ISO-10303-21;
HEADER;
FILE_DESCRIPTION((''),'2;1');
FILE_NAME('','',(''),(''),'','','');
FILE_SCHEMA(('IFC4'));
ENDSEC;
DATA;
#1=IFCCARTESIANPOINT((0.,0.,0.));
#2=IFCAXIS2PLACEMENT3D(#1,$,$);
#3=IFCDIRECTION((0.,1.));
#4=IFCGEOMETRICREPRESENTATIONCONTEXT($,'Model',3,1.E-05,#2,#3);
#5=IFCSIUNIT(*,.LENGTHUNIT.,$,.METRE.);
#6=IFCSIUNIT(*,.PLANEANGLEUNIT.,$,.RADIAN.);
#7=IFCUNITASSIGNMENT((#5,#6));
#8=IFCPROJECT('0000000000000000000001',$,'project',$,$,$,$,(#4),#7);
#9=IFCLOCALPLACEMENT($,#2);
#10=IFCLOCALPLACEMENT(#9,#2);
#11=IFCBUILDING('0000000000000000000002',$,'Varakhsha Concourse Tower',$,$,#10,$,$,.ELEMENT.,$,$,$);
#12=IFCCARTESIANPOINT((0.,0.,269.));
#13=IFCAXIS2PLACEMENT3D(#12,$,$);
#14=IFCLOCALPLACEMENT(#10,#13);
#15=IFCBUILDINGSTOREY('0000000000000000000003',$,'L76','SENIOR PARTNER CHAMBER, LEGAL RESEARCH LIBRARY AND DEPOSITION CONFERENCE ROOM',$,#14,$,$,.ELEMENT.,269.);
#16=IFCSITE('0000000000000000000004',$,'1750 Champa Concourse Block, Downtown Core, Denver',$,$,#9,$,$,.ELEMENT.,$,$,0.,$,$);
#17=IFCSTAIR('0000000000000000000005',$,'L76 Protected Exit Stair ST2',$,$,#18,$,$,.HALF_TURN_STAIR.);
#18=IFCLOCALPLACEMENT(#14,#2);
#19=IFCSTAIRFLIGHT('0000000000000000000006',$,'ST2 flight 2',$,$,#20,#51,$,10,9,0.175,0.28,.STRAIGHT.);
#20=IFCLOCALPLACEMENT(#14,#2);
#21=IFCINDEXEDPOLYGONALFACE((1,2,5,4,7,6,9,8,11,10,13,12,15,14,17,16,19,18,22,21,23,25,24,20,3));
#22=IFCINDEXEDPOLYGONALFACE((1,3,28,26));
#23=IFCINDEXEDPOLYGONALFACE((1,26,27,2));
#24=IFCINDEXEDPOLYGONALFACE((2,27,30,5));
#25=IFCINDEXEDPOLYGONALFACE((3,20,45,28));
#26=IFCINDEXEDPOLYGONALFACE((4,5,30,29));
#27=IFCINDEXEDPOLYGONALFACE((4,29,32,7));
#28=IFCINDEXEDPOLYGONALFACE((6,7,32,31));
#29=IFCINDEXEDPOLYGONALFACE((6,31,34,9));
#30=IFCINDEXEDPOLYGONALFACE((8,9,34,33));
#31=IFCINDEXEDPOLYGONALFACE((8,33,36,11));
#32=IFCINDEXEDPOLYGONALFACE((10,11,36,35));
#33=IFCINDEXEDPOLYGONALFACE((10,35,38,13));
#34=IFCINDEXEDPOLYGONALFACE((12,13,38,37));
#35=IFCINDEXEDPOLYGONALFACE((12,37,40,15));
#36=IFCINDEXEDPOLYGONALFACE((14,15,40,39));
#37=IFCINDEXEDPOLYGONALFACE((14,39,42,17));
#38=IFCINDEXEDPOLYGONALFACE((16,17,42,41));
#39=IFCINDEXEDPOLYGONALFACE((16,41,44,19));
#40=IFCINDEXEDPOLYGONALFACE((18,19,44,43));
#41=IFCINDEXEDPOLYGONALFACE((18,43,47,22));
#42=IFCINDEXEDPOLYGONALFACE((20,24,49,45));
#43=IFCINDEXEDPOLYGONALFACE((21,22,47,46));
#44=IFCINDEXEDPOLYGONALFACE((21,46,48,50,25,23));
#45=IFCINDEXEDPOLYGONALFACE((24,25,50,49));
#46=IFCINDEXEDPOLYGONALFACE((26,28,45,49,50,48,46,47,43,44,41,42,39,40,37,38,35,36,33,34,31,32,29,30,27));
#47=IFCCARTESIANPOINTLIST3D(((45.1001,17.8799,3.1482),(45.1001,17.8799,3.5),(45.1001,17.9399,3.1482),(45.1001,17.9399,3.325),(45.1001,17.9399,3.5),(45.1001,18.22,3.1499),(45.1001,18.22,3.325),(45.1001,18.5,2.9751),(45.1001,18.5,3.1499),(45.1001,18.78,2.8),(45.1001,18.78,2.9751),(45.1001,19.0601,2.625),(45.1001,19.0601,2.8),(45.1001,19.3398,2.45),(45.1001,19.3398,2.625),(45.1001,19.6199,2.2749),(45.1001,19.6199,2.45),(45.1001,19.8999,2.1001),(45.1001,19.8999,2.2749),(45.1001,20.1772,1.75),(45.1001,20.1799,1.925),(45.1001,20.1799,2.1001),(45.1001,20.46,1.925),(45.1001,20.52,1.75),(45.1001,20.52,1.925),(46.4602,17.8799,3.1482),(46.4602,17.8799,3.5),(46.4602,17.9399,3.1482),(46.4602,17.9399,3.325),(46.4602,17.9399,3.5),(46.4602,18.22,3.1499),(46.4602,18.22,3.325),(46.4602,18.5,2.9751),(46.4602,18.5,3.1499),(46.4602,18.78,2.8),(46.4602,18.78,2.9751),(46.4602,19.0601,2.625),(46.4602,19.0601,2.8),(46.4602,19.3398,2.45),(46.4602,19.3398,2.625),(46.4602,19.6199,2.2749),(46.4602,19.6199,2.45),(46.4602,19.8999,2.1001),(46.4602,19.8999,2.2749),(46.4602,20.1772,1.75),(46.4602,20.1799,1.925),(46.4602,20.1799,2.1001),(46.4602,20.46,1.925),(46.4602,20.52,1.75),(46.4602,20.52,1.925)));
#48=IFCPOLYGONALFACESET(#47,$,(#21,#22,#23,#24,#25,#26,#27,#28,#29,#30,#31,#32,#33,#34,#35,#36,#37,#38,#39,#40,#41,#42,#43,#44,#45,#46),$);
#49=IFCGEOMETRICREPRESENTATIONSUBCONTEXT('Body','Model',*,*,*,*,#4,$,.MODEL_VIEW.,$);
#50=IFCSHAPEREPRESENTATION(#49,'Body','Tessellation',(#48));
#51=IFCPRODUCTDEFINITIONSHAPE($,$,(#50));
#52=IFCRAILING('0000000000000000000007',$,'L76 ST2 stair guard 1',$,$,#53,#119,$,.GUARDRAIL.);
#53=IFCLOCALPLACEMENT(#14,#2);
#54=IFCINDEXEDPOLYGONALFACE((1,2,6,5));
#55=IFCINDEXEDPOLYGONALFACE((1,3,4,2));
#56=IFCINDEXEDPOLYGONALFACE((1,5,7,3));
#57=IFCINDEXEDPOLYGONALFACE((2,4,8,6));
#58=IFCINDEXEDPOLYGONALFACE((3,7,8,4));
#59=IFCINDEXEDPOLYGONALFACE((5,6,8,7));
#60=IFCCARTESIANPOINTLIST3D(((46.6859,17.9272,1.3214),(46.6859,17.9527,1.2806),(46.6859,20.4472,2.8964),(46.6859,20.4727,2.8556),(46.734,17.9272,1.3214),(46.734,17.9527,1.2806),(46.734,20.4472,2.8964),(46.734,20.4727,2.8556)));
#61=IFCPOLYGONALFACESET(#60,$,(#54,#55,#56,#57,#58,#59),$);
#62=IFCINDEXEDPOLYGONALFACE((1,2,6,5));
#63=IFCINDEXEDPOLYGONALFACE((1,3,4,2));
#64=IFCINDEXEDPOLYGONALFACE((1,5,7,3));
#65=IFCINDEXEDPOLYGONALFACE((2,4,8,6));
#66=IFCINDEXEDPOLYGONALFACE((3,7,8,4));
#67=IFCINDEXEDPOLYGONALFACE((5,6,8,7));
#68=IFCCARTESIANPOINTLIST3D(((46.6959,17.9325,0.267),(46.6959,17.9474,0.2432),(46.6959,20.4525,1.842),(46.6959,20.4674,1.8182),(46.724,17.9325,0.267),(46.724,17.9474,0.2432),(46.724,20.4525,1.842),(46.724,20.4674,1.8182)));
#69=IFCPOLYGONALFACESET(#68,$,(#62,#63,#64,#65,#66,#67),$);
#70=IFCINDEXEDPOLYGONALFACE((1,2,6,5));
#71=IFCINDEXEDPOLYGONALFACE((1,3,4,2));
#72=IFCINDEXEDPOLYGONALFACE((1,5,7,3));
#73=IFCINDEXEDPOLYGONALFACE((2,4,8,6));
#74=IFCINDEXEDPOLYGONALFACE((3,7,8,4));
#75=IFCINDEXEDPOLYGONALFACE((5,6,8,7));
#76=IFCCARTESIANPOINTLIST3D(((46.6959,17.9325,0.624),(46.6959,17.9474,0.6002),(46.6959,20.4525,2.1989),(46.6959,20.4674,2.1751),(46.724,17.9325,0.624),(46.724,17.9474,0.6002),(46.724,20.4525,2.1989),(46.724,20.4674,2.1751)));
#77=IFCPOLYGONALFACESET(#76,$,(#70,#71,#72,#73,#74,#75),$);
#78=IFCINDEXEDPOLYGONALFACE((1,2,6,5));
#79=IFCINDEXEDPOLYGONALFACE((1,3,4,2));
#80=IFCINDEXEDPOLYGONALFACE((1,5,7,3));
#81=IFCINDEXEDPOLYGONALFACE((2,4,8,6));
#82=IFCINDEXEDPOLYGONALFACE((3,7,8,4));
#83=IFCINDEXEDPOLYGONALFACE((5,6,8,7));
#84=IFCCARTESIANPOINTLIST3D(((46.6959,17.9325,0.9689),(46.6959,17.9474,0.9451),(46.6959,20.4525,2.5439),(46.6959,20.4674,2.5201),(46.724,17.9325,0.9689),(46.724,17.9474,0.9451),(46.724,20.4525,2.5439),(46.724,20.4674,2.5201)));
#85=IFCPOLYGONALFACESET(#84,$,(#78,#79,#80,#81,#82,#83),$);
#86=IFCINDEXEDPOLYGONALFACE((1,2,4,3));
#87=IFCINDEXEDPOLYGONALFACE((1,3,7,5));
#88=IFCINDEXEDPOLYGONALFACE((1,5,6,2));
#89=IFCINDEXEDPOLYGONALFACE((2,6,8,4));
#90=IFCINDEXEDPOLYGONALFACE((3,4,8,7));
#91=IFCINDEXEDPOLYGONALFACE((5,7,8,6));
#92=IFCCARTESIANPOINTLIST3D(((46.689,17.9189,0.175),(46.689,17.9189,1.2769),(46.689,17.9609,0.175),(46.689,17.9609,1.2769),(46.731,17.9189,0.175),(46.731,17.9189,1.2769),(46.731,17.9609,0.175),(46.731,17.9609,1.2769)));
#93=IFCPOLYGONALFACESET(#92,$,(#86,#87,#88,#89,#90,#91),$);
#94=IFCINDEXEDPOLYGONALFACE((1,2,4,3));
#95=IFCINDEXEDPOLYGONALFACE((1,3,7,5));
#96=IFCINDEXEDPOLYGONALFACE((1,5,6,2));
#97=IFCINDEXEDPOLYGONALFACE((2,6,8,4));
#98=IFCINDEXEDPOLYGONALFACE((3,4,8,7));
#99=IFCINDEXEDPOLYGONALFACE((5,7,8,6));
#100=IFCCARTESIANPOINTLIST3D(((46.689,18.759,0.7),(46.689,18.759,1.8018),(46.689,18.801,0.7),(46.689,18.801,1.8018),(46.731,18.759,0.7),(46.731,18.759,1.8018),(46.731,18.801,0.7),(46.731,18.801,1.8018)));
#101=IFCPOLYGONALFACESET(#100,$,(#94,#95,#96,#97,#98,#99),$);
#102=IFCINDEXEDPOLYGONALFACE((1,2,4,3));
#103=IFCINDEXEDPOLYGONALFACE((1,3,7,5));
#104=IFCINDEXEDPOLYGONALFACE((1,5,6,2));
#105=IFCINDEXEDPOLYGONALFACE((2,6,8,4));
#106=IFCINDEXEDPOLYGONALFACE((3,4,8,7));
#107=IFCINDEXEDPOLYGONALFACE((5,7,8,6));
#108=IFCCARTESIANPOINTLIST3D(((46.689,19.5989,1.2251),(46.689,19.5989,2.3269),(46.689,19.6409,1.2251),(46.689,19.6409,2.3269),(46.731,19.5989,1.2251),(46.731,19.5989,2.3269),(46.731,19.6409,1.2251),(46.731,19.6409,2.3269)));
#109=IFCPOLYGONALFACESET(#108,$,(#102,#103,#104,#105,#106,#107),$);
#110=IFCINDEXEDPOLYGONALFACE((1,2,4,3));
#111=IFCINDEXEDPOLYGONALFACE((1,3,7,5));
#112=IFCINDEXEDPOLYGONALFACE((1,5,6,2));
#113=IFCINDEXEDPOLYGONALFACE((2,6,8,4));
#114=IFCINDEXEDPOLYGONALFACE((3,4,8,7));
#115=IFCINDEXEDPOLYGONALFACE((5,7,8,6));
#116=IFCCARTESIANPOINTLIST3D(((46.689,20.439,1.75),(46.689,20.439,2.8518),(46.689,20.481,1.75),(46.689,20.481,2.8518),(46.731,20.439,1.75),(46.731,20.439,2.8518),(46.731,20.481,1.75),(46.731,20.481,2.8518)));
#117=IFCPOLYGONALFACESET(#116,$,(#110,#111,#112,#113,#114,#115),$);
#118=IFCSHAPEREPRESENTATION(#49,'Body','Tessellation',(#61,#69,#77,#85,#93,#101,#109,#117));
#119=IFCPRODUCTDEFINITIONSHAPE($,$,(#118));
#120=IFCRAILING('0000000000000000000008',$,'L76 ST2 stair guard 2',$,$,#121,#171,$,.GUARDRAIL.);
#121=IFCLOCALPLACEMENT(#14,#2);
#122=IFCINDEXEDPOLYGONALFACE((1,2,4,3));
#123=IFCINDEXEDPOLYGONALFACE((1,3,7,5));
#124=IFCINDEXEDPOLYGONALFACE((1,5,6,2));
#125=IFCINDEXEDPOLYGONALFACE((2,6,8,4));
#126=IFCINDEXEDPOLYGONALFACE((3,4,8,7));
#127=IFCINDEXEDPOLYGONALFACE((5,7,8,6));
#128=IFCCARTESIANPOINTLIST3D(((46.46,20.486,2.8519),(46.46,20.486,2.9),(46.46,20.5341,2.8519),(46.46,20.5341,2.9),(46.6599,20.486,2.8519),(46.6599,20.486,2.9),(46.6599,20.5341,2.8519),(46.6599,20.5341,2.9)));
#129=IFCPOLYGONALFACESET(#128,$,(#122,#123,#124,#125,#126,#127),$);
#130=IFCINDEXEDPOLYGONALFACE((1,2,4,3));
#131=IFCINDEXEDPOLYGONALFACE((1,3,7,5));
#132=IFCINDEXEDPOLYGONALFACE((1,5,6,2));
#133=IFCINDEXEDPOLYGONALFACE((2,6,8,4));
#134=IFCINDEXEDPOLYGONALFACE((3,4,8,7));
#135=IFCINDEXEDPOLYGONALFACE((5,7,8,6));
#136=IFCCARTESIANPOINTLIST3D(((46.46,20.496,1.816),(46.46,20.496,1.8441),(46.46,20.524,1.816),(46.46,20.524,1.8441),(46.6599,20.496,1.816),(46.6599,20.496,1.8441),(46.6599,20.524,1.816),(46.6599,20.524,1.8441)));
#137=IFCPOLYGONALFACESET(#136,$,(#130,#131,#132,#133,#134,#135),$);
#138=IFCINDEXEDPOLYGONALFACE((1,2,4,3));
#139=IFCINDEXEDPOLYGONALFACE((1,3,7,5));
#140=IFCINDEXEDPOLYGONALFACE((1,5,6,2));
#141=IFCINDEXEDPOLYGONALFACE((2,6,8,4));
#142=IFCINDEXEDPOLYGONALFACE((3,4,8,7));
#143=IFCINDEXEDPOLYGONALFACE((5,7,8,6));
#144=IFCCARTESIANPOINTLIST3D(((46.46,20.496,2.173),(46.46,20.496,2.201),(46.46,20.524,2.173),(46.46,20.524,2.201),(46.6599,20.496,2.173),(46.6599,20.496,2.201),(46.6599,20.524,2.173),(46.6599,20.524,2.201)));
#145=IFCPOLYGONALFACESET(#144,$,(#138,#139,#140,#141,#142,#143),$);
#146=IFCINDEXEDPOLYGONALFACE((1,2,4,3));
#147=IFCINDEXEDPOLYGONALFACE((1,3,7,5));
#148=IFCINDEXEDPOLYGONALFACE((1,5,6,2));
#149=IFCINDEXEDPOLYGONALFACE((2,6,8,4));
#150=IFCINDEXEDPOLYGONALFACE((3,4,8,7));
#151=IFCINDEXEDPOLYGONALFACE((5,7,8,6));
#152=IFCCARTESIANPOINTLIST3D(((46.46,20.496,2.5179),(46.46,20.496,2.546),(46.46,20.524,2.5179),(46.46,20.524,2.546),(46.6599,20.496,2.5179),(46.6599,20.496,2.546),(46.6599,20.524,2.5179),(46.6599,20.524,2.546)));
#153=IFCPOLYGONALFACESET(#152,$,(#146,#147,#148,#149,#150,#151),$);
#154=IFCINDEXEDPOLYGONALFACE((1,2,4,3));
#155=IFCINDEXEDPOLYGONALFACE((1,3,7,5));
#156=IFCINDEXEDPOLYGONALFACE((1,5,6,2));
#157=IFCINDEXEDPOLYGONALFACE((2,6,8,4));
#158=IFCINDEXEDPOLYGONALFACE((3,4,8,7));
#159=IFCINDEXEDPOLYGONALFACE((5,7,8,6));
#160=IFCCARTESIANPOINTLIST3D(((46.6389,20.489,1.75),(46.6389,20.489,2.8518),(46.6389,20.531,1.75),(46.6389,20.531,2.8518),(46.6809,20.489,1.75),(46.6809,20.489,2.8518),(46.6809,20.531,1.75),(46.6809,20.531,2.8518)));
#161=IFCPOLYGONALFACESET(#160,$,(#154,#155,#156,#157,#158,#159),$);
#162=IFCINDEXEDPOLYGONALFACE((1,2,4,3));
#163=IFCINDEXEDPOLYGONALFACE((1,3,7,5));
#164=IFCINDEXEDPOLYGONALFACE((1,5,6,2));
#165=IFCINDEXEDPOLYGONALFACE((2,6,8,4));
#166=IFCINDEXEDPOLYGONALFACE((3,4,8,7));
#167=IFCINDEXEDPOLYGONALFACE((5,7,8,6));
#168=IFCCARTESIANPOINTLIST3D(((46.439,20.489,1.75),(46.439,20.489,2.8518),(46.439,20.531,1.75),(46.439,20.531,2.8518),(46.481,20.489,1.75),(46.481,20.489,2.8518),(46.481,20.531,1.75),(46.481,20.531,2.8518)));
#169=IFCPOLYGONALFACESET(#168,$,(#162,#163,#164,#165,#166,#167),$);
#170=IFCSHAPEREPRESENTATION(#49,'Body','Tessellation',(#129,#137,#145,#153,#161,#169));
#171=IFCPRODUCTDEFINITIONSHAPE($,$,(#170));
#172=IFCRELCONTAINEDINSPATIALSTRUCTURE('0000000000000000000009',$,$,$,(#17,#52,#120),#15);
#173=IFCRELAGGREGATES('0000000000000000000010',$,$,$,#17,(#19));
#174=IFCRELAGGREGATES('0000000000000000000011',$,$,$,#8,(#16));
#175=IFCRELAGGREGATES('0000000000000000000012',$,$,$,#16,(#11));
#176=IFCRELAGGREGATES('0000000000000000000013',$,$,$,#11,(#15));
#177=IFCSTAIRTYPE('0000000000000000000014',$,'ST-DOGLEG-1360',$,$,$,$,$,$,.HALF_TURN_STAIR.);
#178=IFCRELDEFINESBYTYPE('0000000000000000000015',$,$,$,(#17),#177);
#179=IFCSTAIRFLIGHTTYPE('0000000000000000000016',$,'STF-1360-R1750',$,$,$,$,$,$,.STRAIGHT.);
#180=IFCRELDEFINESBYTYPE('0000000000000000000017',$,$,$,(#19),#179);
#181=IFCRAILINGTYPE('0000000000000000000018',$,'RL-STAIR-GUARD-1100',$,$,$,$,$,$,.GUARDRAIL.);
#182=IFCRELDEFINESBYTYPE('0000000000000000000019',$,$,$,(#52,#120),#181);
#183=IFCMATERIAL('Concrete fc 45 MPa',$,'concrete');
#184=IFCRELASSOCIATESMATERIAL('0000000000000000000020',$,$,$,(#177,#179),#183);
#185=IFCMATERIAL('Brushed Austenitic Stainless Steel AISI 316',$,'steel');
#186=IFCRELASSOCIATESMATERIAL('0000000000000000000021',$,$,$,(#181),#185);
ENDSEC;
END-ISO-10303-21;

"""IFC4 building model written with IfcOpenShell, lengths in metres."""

from ifc_helpers import new_model, si_unit, direction, frame, origin, origin_2d, place, context, subcontext, project, spatial, polyline, rectangle, outline, extrude, material, type_object, element, aggregate, save


model = new_model("IFC4")

# Units and contexts
model_context = context("Model", 3, precision=1e-05, world=origin(), true_north=direction((0.0, 1.0)))
body_context = subcontext(model_context, "Body", "Model", "MODEL_VIEW")
ifc_project = project(units=[si_unit("LENGTHUNIT", "METRE"), si_unit("PLANEANGLEUNIT", "RADIAN")], contexts=[model_context])

# Site, building, storey
site_placement = place(None, origin())
site = spatial("IfcSite", under=ifc_project, at=site_placement, Name="1750 Champa Concourse Block, Downtown Core, Denver", CompositionType="ELEMENT", RefElevation=0.0)
building_placement = place(site_placement, origin())
building = spatial("IfcBuilding", under=site, at=building_placement, Name="Varakhsha Concourse Tower", CompositionType="ELEMENT")
storey_placement = place(building_placement, frame((0.0, 0.0, 269.0)))
storey = spatial("IfcBuildingStorey", under=building, at=storey_placement, Name="L76", Description="SENIOR PARTNER CHAMBER, LEGAL RESEARCH LIBRARY AND DEPOSITION CONFERENCE ROOM", CompositionType="ELEMENT", Elevation=269.0)

# Shared definitions
ifc_material_1 = material(Name="Concrete fc 45 MPa", Category="concrete")

# Stair, stair flight
stair_type = type_object("IfcStairType", Name="ST-DOGLEG-1360", PredefinedType="HALF_TURN_STAIR", material=ifc_material_1)
stair_placement = place(storey_placement, origin())
stair = element("IfcStair", 1, at=stair_placement, inside=storey, type_object=stair_type, Name="L76 Protected Exit Stair ST2", PredefinedType="HALF_TURN_STAIR")
stair_flight_type = type_object("IfcStairFlightType", Name="STF-1360-R1750", PredefinedType="STRAIGHT", material=ifc_material_1)
stair_flight_1_placement = place(storey_placement, frame((45.78, 20.46, 1.75), z_axis=(0.0, 0.0, 1.0), x_axis=(0.0, -1.0, 0.0)))
stair_flight_1 = element("IfcStairFlight", 2, at=stair_flight_1_placement, type_object=stair_flight_type, Name="ST2 flight 2", NumberOfRisers=10, NumberOfTreads=9, PredefinedType="STRAIGHT", RiserHeight=0.175, TreadLength=0.28, context=body_context, shape_type="SweptSolid", body=[
    extrude(outline(polyline([(-0.0601, 0.0), (-0.0601, 0.175), (0.0, 0.175), (0.28, 0.175), (0.28, 0.3501), (0.5601, 0.3501), (0.5601, 0.5249), (0.8401, 0.5249), (0.8401, 0.7), (1.1201, 0.7), (1.1201, 0.875), (1.3999, 0.875), (1.3999, 1.05), (1.6799, 1.05), (1.6799, 1.2251), (1.96, 1.2251), (1.96, 1.3999), (2.24, 1.3999), (2.24, 1.575), (2.52, 1.575), (2.52, 1.75), (2.5801, 1.75), (2.5801, 1.3982), (2.52, 1.3982), (0.2827, 0.0), (-0.0601, 0.0)])), frame((0.0, 0.6802, 0.0), z_axis=(0.0, -1.0, 0.0), x_axis=(1.0, 0.0, 0.0)), (0.0, 0.0, 1.0), 1.3601),
])
aggregate(stair, [stair_flight_1])

# Railings
ifc_material_2 = material(Name="Brushed Austenitic Stainless Steel AISI 316", Category="steel")
railing_type_1 = type_object("IfcRailingType", Name="RL-STAIR-GUARD-1100", PredefinedType="GUARDRAIL", material=ifc_material_2)
railing_1_placement = place(storey_placement, frame((46.71, 17.9399, 0.175)))
element("IfcRailing", 3, at=railing_1_placement, inside=storey, type_object=railing_type_1, Name="L76 ST2 stair guard 1", PredefinedType="GUARDRAIL", context=body_context, shape_type="SweptSolid", body=[
    extrude(rectangle(XDim=0.0481, YDim=0.0481, at=origin_2d()), frame((0.0, 0.0, 1.126), z_axis=(0.0, 0.848008, 0.529984), x_axis=(-1.0, 0.0, 0.0)), (0.0, 0.0, 1.0), 2.9717),
    extrude(rectangle(XDim=0.0281, YDim=0.0281, at=origin_2d()), frame((0.0, 0.0, 0.0801), z_axis=(0.0, 0.848008, 0.529984), x_axis=(-1.0, 0.0, 0.0)), (0.0, 0.0, 1.0), 2.9717),
    extrude(rectangle(XDim=0.0281, YDim=0.0281, at=origin_2d()), frame((0.0, 0.0, 0.437), z_axis=(0.0, 0.848008, 0.529984), x_axis=(-1.0, 0.0, 0.0)), (0.0, 0.0, 1.0), 2.9717),
    extrude(rectangle(XDim=0.0281, YDim=0.0281, at=origin_2d()), frame((0.0, 0.0, 0.782), z_axis=(0.0, 0.848008, 0.529984), x_axis=(-1.0, 0.0, 0.0)), (0.0, 0.0, 1.0), 2.9717),
    extrude(rectangle(XDim=0.042, YDim=0.042, at=origin_2d()), origin(), (0.0, 0.0, 1.0), 1.1018),
    extrude(rectangle(XDim=0.042, YDim=0.042, at=origin_2d()), frame((0.0, 0.8401, 0.5249)), (0.0, 0.0, 1.0), 1.1018),
    extrude(rectangle(XDim=0.042, YDim=0.042, at=origin_2d()), frame((0.0, 1.6799, 1.05)), (0.0, 0.0, 1.0), 1.1018),
    extrude(rectangle(XDim=0.042, YDim=0.042, at=origin_2d()), frame((0.0, 2.52, 1.575)), (0.0, 0.0, 1.0), 1.1018),
])
railing_2_placement = place(storey_placement, frame((46.6599, 20.51, 1.75)))
element("IfcRailing", 4, at=railing_2_placement, inside=storey, type_object=railing_type_1, Name="L76 ST2 stair guard 2", PredefinedType="GUARDRAIL", context=body_context, shape_type="SweptSolid", body=[
    extrude(rectangle(XDim=0.0481, YDim=0.0481, at=origin_2d()), frame((0.0, 0.0, 1.126), z_axis=(-1.0, 0.0, 0.0), x_axis=(0.0, -1.0, 0.0)), (0.0, 0.0, 1.0), 0.2),
    extrude(rectangle(XDim=0.0281, YDim=0.0281, at=origin_2d()), frame((0.0, 0.0, 0.0801), z_axis=(-1.0, 0.0, 0.0), x_axis=(0.0, -1.0, 0.0)), (0.0, 0.0, 1.0), 0.2),
    extrude(rectangle(XDim=0.0281, YDim=0.0281, at=origin_2d()), frame((0.0, 0.0, 0.437), z_axis=(-1.0, 0.0, 0.0), x_axis=(0.0, -1.0, 0.0)), (0.0, 0.0, 1.0), 0.2),
    extrude(rectangle(XDim=0.0281, YDim=0.0281, at=origin_2d()), frame((0.0, 0.0, 0.782), z_axis=(-1.0, 0.0, 0.0), x_axis=(0.0, -1.0, 0.0)), (0.0, 0.0, 1.0), 0.2),
    extrude(rectangle(XDim=0.042, YDim=0.042, at=origin_2d()), origin(), (0.0, 0.0, 1.0), 1.1018),
    extrude(rectangle(XDim=0.042, YDim=0.042, at=origin_2d()), frame((-0.2, 0.0, 0.0)), (0.0, 0.0, 1.0), 1.1018),
])

save(model, "model.ifc")
